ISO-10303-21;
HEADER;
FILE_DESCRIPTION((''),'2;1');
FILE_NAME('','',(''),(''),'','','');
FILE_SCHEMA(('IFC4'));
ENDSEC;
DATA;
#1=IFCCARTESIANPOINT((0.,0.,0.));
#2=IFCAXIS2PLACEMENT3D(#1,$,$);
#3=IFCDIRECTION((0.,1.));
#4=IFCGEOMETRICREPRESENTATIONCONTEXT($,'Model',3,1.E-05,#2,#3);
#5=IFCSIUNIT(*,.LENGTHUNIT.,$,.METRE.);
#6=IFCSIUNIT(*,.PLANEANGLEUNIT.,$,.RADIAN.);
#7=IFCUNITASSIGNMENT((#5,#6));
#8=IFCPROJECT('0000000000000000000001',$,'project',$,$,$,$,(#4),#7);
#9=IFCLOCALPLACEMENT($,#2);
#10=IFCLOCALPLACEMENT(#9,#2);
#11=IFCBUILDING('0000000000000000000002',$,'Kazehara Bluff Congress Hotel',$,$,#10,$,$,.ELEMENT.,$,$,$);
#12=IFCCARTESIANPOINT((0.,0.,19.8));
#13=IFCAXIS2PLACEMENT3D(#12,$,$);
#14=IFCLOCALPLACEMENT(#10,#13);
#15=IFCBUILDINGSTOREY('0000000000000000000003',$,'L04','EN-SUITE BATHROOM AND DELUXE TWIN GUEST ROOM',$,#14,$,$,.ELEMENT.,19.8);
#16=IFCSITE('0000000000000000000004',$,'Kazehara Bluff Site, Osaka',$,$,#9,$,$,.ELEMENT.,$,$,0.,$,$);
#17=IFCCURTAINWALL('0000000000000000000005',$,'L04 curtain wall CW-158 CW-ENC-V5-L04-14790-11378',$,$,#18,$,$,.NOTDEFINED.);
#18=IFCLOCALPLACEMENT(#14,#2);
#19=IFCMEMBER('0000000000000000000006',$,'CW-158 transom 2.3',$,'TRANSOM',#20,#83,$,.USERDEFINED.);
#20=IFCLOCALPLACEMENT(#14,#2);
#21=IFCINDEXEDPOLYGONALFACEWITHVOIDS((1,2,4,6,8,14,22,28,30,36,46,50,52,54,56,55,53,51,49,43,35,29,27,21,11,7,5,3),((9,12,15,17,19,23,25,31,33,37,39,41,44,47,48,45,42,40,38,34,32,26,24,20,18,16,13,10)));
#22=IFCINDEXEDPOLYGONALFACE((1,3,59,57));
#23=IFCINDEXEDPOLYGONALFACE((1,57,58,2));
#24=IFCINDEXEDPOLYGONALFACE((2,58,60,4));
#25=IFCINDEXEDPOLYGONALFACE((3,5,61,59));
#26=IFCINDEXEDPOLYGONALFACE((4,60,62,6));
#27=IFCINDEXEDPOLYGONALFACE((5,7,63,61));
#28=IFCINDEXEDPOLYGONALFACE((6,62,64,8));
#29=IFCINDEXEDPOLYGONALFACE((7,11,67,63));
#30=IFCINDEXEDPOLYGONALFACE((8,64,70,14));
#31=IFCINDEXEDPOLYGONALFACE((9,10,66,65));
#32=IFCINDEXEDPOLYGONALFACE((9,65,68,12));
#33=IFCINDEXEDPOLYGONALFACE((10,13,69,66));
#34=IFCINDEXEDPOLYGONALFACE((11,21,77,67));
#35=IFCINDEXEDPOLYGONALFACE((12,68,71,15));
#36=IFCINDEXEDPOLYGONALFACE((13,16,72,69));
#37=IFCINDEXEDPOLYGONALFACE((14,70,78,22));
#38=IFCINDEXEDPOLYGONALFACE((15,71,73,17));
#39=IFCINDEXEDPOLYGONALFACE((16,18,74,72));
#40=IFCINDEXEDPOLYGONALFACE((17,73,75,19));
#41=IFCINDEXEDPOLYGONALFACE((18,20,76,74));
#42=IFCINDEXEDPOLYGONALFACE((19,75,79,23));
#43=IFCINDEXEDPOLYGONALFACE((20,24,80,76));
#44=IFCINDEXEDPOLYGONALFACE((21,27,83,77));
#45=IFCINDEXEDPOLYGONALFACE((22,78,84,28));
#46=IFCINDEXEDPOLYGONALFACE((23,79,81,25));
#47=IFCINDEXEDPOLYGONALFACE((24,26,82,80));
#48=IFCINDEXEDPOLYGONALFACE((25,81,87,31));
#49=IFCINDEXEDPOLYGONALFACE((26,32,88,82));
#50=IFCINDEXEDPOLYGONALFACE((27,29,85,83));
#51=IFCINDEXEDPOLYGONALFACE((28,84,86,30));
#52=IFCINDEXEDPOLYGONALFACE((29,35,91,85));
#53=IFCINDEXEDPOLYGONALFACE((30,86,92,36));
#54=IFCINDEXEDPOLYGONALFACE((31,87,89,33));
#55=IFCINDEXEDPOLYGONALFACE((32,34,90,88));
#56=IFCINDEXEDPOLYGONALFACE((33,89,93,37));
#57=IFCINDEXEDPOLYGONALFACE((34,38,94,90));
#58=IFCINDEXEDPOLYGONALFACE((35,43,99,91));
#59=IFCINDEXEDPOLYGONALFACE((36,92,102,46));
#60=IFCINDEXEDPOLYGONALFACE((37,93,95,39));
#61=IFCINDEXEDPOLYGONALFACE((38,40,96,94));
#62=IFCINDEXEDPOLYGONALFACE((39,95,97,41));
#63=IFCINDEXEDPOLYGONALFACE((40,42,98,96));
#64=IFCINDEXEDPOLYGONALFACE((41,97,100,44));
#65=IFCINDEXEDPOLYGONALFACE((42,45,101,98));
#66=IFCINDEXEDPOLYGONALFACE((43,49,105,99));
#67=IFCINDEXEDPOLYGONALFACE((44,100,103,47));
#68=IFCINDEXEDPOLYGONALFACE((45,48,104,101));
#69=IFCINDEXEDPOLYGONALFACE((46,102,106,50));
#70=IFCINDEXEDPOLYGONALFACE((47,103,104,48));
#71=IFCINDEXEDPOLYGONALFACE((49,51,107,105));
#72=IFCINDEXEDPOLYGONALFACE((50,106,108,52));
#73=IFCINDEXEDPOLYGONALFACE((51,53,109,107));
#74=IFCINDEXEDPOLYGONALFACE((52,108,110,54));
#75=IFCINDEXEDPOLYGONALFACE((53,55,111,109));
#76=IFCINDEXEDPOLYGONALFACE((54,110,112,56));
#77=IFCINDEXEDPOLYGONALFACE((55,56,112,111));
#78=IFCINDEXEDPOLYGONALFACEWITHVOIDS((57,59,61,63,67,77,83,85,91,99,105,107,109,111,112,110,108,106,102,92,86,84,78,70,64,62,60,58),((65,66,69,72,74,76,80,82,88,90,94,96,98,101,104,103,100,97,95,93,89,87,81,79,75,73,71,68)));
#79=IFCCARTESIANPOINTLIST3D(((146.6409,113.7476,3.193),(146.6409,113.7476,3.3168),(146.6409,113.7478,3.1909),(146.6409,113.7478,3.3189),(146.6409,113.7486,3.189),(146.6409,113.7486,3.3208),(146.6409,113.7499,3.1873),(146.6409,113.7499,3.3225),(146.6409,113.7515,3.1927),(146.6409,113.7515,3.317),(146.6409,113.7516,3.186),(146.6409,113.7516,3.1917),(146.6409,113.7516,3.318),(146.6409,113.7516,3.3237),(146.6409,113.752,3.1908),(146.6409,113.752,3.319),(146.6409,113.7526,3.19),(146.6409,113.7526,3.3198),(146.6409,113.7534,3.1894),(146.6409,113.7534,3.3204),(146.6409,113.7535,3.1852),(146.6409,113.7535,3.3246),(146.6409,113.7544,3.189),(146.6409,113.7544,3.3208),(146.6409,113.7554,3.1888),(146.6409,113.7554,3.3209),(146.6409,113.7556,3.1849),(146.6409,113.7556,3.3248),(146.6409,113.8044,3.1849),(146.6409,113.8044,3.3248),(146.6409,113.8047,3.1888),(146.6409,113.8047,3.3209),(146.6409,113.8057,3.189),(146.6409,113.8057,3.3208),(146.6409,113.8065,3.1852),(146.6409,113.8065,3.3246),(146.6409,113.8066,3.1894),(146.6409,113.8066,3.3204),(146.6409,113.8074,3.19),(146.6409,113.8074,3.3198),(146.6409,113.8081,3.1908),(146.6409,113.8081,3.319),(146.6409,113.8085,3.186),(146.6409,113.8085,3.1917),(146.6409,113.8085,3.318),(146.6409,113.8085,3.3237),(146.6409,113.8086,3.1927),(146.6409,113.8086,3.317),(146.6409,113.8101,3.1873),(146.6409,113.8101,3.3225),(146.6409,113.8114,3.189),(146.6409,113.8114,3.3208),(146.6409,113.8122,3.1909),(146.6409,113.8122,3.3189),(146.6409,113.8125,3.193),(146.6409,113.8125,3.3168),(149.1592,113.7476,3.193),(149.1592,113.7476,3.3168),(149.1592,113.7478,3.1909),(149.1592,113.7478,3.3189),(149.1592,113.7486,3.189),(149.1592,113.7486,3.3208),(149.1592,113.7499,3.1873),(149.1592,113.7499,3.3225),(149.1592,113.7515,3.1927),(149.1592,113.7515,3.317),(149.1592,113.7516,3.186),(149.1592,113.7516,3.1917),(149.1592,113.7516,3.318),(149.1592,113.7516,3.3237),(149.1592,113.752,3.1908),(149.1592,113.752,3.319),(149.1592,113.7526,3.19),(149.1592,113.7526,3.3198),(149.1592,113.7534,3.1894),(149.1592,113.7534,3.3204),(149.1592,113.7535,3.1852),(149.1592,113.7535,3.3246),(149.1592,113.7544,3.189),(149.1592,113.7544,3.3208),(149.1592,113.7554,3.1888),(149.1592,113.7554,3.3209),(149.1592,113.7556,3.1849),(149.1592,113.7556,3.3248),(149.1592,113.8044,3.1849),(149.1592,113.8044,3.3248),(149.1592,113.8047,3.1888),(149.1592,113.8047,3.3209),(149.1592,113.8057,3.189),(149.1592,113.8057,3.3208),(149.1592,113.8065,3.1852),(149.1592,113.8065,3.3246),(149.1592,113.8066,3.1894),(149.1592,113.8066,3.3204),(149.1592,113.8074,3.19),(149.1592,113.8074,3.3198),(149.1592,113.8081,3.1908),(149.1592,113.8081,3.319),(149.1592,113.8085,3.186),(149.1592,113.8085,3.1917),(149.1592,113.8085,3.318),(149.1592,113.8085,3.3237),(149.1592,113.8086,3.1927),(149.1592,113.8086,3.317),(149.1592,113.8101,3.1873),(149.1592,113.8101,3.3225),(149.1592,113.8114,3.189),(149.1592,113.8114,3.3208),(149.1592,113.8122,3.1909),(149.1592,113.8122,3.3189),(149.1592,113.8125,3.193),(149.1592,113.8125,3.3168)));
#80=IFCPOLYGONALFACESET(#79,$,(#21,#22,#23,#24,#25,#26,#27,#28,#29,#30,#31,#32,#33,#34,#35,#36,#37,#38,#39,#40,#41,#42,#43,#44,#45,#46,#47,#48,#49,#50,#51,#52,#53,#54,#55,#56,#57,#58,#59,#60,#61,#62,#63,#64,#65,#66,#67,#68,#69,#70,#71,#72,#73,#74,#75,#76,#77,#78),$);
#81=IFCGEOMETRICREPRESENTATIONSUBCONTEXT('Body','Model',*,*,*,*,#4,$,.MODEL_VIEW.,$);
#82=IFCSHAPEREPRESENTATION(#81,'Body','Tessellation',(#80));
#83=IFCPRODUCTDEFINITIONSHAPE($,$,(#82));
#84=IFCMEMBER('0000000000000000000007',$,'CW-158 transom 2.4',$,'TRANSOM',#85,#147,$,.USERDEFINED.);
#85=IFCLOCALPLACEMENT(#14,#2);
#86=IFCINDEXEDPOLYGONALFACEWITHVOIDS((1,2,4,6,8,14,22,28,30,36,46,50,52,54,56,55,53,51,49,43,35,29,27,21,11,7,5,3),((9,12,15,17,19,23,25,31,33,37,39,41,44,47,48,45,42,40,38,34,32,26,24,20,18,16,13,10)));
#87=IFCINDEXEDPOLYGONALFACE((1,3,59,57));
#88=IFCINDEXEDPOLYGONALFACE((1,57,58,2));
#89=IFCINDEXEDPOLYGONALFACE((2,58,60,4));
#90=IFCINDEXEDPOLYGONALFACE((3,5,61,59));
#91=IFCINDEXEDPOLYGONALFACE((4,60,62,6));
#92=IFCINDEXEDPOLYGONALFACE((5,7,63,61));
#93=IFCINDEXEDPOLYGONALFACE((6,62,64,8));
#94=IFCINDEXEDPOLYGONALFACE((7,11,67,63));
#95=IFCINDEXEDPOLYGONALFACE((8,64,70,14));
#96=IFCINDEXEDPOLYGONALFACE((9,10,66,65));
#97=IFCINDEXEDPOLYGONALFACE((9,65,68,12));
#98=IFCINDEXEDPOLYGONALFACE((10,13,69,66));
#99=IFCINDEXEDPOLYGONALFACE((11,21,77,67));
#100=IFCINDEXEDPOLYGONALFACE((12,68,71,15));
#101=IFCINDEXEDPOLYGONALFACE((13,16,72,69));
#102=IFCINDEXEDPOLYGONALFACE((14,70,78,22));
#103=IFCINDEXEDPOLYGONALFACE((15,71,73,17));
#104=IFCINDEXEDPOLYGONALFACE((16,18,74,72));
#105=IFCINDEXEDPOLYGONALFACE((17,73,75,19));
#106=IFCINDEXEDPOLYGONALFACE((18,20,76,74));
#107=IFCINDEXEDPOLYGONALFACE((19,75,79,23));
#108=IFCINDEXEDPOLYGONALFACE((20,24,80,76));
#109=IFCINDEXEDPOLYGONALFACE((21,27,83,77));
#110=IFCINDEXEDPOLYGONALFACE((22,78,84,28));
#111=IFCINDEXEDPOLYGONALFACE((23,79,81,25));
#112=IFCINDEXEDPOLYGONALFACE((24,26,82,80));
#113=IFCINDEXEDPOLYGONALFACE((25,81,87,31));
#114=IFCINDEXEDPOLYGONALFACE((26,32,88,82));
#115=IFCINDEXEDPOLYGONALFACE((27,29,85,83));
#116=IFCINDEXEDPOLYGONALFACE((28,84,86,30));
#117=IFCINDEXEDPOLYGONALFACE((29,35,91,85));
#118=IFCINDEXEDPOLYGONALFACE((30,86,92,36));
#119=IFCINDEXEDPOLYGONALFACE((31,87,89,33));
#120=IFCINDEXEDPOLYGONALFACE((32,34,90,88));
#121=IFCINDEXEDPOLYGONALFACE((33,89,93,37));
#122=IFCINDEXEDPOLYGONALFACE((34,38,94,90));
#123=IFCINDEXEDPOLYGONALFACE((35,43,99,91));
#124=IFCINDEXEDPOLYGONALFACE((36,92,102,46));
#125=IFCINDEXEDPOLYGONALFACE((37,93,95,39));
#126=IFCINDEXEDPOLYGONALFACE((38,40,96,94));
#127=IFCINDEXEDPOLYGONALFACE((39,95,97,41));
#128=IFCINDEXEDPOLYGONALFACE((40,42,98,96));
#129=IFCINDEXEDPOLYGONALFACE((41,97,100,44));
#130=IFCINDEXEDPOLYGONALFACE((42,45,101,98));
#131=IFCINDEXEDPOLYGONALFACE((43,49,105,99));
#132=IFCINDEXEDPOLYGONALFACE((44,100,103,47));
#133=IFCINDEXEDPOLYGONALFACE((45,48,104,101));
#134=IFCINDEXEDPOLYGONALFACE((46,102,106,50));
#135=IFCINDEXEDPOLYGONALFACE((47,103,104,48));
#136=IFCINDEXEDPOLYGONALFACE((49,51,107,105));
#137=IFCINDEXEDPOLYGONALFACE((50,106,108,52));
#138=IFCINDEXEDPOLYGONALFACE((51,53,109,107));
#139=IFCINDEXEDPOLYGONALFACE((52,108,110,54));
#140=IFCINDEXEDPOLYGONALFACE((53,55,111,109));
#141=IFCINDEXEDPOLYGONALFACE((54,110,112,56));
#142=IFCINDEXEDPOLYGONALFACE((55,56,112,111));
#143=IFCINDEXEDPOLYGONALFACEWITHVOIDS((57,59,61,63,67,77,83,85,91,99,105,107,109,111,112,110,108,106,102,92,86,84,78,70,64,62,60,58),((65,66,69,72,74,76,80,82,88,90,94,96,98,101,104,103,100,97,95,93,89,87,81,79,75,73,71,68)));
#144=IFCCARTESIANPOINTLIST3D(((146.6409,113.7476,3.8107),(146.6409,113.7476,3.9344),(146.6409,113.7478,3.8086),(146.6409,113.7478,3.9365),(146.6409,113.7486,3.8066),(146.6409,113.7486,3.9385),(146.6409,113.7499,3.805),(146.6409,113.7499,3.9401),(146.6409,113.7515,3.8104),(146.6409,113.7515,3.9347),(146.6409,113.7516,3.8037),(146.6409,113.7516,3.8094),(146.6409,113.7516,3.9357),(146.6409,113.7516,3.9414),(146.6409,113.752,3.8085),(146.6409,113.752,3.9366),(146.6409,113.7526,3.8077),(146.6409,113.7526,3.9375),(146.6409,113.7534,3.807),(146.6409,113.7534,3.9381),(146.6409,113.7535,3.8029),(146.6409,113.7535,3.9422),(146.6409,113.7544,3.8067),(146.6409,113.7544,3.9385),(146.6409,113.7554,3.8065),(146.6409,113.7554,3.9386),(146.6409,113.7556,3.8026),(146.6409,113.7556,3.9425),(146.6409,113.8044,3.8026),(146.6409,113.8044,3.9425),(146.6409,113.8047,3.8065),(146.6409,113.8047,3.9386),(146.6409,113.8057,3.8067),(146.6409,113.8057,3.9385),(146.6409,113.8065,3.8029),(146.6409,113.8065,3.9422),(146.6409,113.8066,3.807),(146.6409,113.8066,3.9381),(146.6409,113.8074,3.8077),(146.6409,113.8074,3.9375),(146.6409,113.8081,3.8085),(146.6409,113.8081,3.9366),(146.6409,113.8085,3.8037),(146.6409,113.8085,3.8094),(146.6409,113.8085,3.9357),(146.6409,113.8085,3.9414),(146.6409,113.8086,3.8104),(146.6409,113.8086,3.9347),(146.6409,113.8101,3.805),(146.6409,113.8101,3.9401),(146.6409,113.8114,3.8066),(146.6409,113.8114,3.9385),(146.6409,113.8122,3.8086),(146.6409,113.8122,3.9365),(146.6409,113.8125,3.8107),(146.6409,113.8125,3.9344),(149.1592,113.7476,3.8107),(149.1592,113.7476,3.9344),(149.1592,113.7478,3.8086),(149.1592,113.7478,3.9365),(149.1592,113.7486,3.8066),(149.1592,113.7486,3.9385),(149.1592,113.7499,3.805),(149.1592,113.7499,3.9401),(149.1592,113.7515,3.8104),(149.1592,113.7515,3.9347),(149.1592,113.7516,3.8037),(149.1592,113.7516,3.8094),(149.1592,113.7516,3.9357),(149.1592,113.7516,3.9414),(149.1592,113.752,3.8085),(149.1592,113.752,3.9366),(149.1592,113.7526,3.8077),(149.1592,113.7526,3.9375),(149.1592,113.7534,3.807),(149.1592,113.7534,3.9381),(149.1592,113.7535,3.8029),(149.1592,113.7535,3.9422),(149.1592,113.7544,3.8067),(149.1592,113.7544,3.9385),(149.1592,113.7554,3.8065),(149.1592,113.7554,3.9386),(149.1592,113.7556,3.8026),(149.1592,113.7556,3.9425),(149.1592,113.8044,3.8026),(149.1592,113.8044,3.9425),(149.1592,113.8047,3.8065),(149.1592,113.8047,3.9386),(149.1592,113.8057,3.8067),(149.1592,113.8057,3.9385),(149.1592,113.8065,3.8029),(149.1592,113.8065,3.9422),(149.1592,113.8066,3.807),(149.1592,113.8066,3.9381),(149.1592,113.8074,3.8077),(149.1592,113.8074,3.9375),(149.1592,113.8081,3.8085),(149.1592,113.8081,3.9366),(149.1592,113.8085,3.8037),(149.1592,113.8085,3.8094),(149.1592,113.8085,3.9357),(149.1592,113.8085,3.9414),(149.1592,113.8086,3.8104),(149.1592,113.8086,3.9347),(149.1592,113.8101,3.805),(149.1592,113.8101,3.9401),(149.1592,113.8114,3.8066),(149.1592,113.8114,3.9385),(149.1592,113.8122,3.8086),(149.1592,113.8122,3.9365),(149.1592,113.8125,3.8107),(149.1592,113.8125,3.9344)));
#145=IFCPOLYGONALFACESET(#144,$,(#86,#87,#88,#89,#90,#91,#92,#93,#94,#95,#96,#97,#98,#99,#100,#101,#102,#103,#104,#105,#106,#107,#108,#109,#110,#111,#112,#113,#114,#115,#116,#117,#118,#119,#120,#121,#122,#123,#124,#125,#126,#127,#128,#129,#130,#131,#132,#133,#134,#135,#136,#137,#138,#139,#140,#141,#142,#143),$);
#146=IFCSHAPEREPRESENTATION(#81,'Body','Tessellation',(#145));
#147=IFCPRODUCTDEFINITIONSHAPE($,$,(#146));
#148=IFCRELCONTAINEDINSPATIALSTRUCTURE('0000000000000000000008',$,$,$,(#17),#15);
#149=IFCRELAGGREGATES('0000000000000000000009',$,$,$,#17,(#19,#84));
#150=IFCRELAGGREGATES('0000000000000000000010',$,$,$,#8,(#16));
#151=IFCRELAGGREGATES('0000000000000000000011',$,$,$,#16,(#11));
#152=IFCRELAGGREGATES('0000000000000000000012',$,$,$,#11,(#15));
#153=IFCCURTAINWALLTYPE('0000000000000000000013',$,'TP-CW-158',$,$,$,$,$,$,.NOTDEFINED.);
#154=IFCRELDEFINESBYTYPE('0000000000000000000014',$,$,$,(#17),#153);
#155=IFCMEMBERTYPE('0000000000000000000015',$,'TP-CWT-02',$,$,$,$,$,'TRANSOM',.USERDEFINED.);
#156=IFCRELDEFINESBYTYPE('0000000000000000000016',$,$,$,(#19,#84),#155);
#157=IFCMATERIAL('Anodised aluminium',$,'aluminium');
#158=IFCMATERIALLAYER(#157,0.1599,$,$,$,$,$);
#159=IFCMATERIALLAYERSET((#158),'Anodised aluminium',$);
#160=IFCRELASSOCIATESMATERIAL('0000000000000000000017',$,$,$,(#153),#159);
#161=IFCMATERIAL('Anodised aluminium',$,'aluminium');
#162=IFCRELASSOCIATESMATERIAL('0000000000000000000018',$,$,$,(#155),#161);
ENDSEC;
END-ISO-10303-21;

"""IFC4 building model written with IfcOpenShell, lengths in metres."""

from ifc_helpers import new_model, si_unit, direction, frame, origin, origin_2d, place, context, subcontext, project, spatial, hollow_rectangle, extrude, material, layer, layer_set, material_profile, profile_set, type_object, element, aggregate, save


model = new_model("IFC4")

# Units and contexts
model_context = context("Model", 3, precision=1e-05, world=origin(), true_north=direction((0.0, 1.0)))
body_context = subcontext(model_context, "Body", "Model", "MODEL_VIEW")
ifc_project = project(units=[si_unit("LENGTHUNIT", "METRE"), si_unit("PLANEANGLEUNIT", "RADIAN")], contexts=[model_context])

# Site, building, storey
site_placement = place(None, origin())
site = spatial("IfcSite", under=ifc_project, at=site_placement, Name="Kazehara Bluff Site, Osaka", CompositionType="ELEMENT", RefElevation=0.0)
building_placement = place(site_placement, origin())
building = spatial("IfcBuilding", under=site, at=building_placement, Name="Kazehara Bluff Congress Hotel", CompositionType="ELEMENT")
storey_placement = place(building_placement, frame((0.0, 0.0, 19.8)))
storey = spatial("IfcBuildingStorey", under=building, at=storey_placement, Name="L04", Description="EN-SUITE BATHROOM AND DELUXE TWIN GUEST ROOM", CompositionType="ELEMENT", Elevation=19.8)

# Curtain wall
ifc_material_1 = material(Name="Anodised aluminium", Category="aluminium")
ifc_layer_1 = layer(ifc_material_1, 0.1599)
ifc_layer_set_1 = layer_set([ifc_layer_1], Name="Anodised aluminium")
curtain_wall_type = type_object("IfcCurtainWallType", Name="TP-CW-158", PredefinedType="NOTDEFINED", material=ifc_layer_set_1)
curtain_wall_1_placement = place(storey_placement, origin())
curtain_wall_1 = element("IfcCurtainWall", 1, at=curtain_wall_1_placement, inside=storey, type_object=curtain_wall_type, Name="L04 curtain wall CW-158 CW-ENC-V5-L04-14790-11378", PredefinedType="NOTDEFINED")

# Members
ifc_material_2 = material(Name="Anodised aluminium", Category="aluminium")
ifc_material_profile_1 = material_profile(ifc_material_2, hollow_rectangle(XDim=0.0649, YDim=0.1399, WallThickness=0.0039, InnerFilletRadius=0.0039, OuterFilletRadius=0.0081, at=origin_2d()))
ifc_profile_set_1 = profile_set([ifc_material_profile_1], Name="Anodised aluminium")
member_type_1 = type_object("IfcMemberType", Name="TP-CWT-02", ElementType="TRANSOM", PredefinedType="USERDEFINED", material=ifc_profile_set_1)
member_1_placement = place(storey_placement, frame((146.6409, 113.78, 3.2549), z_axis=(1.0, 0.0, 0.0), x_axis=(0.0, 1.0, 0.0)))
member_1 = element("IfcMember", 2, at=member_1_placement, type_object=member_type_1, Name="CW-158 transom 2.3", ObjectType="TRANSOM", PredefinedType="USERDEFINED", context=body_context, shape_type="SweptSolid", body=[
    extrude(hollow_rectangle(XDim=0.0649, YDim=0.1399, WallThickness=0.0039, InnerFilletRadius=0.0039, OuterFilletRadius=0.0081, at=origin_2d()), origin(), (0.0, 0.0, 1.0), 2.5183),
])
member_2_placement = place(storey_placement, frame((146.6409, 113.78, 3.8726), z_axis=(1.0, 0.0, 0.0), x_axis=(0.0, 1.0, 0.0)))
member_2 = element("IfcMember", 3, at=member_2_placement, type_object=member_type_1, Name="CW-158 transom 2.4", ObjectType="TRANSOM", PredefinedType="USERDEFINED", context=body_context, shape_type="SweptSolid", body=[
    extrude(hollow_rectangle(XDim=0.0649, YDim=0.1399, WallThickness=0.0039, InnerFilletRadius=0.0039, OuterFilletRadius=0.0081, at=origin_2d()), origin(), (0.0, 0.0, 1.0), 2.5183),
])

aggregate(curtain_wall_1, [member_1, member_2])

save(model, "model.ifc")
